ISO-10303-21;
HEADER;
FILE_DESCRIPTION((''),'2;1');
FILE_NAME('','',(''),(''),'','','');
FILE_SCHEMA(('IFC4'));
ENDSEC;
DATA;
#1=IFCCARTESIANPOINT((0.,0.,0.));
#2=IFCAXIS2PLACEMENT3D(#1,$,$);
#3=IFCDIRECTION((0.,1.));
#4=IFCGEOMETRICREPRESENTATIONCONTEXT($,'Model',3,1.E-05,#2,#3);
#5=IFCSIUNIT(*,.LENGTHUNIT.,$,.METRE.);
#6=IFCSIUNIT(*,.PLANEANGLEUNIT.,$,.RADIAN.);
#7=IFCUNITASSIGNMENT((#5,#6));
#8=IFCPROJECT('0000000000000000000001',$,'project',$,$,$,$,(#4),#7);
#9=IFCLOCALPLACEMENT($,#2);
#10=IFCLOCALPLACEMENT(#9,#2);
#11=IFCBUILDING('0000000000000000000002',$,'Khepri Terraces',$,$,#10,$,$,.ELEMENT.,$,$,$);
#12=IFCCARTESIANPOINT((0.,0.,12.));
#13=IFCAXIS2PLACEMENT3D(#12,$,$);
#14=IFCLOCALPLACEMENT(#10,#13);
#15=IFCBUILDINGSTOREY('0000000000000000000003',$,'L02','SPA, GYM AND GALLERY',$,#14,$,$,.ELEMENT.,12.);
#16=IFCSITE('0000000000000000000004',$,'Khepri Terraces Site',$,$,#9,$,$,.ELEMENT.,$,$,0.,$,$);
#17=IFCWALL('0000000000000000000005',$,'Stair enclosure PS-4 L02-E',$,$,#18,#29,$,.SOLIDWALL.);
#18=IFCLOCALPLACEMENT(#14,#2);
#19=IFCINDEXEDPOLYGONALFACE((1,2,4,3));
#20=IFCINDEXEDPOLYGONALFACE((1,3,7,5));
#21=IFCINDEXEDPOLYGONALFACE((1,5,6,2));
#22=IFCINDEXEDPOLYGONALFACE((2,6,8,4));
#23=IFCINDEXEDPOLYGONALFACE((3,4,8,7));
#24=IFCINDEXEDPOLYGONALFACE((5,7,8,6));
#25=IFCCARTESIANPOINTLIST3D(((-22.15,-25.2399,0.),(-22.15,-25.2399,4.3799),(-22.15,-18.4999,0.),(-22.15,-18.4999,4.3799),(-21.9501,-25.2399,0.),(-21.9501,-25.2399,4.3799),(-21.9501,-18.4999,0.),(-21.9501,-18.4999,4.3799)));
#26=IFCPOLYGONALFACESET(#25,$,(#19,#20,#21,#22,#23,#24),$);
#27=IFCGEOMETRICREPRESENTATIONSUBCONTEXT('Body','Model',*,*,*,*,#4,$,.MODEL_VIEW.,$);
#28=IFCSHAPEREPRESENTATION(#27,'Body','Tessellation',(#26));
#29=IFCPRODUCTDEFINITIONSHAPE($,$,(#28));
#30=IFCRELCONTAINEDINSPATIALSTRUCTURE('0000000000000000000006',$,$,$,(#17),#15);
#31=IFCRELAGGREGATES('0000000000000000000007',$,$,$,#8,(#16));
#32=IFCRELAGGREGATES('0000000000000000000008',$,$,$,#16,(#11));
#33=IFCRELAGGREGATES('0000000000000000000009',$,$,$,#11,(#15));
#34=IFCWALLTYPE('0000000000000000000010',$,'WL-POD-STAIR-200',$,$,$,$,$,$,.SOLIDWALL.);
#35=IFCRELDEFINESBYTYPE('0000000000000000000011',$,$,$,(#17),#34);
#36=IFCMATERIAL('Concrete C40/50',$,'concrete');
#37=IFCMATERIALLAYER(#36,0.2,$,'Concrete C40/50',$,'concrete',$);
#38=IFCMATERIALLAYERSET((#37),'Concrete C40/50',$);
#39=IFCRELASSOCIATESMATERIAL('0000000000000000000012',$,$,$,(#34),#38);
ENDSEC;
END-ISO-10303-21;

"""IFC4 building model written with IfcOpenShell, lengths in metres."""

from ifc_helpers import new_model, si_unit, direction, frame, frame_2d, origin, place, context, subcontext, project, spatial, rectangle, extrude, material, layer, layer_set, type_object, element, save


model = new_model("IFC4")

# Units and contexts
model_context = context("Model", 3, precision=1e-05, world=origin(), true_north=direction((0.0, 1.0)))
body_context = subcontext(model_context, "Body", "Model", "MODEL_VIEW")
ifc_project = project(units=[si_unit("LENGTHUNIT", "METRE"), si_unit("PLANEANGLEUNIT", "RADIAN")], contexts=[model_context])

# Site, building, storey
site_placement = place(None, origin())
site = spatial("IfcSite", under=ifc_project, at=site_placement, Name="Khepri Terraces Site", CompositionType="ELEMENT", RefElevation=0.0)
building_placement = place(site_placement, origin())
building = spatial("IfcBuilding", under=site, at=building_placement, Name="Khepri Terraces", CompositionType="ELEMENT")
storey_placement = place(building_placement, frame((0.0, 0.0, 12.0)))
storey = spatial("IfcBuildingStorey", under=building, at=storey_placement, Name="L02", Description="SPA, GYM AND GALLERY", CompositionType="ELEMENT", Elevation=12.0)

# Wall
ifc_material_1 = material(Name="Concrete C40/50", Category="concrete")
ifc_layer_1 = layer(ifc_material_1, 0.2, Name="Concrete C40/50", Category="concrete")
ifc_layer_set_1 = layer_set([ifc_layer_1], Name="Concrete C40/50")
wall_type_1 = type_object("IfcWallType", Name="WL-POD-STAIR-200", PredefinedType="SOLIDWALL", material=ifc_layer_set_1)
wall_1_placement = place(storey_placement, frame((-22.05, -25.24, 0.0), z_axis=(0.0, 0.0, 1.0), x_axis=(0.0, 1.0, 0.0)))
element("IfcWall", 1, at=wall_1_placement, inside=storey, type_object=wall_type_1, Name="Stair enclosure PS-4 L02-E", PredefinedType="SOLIDWALL", context=body_context, shape_type="SweptSolid", body=[
    extrude(rectangle(XDim=6.74, YDim=0.2, at=frame_2d((3.3701, 0.0))), origin(), (0.0, 0.0, 1.0), 4.3799),
])

save(model, "model.ifc")
